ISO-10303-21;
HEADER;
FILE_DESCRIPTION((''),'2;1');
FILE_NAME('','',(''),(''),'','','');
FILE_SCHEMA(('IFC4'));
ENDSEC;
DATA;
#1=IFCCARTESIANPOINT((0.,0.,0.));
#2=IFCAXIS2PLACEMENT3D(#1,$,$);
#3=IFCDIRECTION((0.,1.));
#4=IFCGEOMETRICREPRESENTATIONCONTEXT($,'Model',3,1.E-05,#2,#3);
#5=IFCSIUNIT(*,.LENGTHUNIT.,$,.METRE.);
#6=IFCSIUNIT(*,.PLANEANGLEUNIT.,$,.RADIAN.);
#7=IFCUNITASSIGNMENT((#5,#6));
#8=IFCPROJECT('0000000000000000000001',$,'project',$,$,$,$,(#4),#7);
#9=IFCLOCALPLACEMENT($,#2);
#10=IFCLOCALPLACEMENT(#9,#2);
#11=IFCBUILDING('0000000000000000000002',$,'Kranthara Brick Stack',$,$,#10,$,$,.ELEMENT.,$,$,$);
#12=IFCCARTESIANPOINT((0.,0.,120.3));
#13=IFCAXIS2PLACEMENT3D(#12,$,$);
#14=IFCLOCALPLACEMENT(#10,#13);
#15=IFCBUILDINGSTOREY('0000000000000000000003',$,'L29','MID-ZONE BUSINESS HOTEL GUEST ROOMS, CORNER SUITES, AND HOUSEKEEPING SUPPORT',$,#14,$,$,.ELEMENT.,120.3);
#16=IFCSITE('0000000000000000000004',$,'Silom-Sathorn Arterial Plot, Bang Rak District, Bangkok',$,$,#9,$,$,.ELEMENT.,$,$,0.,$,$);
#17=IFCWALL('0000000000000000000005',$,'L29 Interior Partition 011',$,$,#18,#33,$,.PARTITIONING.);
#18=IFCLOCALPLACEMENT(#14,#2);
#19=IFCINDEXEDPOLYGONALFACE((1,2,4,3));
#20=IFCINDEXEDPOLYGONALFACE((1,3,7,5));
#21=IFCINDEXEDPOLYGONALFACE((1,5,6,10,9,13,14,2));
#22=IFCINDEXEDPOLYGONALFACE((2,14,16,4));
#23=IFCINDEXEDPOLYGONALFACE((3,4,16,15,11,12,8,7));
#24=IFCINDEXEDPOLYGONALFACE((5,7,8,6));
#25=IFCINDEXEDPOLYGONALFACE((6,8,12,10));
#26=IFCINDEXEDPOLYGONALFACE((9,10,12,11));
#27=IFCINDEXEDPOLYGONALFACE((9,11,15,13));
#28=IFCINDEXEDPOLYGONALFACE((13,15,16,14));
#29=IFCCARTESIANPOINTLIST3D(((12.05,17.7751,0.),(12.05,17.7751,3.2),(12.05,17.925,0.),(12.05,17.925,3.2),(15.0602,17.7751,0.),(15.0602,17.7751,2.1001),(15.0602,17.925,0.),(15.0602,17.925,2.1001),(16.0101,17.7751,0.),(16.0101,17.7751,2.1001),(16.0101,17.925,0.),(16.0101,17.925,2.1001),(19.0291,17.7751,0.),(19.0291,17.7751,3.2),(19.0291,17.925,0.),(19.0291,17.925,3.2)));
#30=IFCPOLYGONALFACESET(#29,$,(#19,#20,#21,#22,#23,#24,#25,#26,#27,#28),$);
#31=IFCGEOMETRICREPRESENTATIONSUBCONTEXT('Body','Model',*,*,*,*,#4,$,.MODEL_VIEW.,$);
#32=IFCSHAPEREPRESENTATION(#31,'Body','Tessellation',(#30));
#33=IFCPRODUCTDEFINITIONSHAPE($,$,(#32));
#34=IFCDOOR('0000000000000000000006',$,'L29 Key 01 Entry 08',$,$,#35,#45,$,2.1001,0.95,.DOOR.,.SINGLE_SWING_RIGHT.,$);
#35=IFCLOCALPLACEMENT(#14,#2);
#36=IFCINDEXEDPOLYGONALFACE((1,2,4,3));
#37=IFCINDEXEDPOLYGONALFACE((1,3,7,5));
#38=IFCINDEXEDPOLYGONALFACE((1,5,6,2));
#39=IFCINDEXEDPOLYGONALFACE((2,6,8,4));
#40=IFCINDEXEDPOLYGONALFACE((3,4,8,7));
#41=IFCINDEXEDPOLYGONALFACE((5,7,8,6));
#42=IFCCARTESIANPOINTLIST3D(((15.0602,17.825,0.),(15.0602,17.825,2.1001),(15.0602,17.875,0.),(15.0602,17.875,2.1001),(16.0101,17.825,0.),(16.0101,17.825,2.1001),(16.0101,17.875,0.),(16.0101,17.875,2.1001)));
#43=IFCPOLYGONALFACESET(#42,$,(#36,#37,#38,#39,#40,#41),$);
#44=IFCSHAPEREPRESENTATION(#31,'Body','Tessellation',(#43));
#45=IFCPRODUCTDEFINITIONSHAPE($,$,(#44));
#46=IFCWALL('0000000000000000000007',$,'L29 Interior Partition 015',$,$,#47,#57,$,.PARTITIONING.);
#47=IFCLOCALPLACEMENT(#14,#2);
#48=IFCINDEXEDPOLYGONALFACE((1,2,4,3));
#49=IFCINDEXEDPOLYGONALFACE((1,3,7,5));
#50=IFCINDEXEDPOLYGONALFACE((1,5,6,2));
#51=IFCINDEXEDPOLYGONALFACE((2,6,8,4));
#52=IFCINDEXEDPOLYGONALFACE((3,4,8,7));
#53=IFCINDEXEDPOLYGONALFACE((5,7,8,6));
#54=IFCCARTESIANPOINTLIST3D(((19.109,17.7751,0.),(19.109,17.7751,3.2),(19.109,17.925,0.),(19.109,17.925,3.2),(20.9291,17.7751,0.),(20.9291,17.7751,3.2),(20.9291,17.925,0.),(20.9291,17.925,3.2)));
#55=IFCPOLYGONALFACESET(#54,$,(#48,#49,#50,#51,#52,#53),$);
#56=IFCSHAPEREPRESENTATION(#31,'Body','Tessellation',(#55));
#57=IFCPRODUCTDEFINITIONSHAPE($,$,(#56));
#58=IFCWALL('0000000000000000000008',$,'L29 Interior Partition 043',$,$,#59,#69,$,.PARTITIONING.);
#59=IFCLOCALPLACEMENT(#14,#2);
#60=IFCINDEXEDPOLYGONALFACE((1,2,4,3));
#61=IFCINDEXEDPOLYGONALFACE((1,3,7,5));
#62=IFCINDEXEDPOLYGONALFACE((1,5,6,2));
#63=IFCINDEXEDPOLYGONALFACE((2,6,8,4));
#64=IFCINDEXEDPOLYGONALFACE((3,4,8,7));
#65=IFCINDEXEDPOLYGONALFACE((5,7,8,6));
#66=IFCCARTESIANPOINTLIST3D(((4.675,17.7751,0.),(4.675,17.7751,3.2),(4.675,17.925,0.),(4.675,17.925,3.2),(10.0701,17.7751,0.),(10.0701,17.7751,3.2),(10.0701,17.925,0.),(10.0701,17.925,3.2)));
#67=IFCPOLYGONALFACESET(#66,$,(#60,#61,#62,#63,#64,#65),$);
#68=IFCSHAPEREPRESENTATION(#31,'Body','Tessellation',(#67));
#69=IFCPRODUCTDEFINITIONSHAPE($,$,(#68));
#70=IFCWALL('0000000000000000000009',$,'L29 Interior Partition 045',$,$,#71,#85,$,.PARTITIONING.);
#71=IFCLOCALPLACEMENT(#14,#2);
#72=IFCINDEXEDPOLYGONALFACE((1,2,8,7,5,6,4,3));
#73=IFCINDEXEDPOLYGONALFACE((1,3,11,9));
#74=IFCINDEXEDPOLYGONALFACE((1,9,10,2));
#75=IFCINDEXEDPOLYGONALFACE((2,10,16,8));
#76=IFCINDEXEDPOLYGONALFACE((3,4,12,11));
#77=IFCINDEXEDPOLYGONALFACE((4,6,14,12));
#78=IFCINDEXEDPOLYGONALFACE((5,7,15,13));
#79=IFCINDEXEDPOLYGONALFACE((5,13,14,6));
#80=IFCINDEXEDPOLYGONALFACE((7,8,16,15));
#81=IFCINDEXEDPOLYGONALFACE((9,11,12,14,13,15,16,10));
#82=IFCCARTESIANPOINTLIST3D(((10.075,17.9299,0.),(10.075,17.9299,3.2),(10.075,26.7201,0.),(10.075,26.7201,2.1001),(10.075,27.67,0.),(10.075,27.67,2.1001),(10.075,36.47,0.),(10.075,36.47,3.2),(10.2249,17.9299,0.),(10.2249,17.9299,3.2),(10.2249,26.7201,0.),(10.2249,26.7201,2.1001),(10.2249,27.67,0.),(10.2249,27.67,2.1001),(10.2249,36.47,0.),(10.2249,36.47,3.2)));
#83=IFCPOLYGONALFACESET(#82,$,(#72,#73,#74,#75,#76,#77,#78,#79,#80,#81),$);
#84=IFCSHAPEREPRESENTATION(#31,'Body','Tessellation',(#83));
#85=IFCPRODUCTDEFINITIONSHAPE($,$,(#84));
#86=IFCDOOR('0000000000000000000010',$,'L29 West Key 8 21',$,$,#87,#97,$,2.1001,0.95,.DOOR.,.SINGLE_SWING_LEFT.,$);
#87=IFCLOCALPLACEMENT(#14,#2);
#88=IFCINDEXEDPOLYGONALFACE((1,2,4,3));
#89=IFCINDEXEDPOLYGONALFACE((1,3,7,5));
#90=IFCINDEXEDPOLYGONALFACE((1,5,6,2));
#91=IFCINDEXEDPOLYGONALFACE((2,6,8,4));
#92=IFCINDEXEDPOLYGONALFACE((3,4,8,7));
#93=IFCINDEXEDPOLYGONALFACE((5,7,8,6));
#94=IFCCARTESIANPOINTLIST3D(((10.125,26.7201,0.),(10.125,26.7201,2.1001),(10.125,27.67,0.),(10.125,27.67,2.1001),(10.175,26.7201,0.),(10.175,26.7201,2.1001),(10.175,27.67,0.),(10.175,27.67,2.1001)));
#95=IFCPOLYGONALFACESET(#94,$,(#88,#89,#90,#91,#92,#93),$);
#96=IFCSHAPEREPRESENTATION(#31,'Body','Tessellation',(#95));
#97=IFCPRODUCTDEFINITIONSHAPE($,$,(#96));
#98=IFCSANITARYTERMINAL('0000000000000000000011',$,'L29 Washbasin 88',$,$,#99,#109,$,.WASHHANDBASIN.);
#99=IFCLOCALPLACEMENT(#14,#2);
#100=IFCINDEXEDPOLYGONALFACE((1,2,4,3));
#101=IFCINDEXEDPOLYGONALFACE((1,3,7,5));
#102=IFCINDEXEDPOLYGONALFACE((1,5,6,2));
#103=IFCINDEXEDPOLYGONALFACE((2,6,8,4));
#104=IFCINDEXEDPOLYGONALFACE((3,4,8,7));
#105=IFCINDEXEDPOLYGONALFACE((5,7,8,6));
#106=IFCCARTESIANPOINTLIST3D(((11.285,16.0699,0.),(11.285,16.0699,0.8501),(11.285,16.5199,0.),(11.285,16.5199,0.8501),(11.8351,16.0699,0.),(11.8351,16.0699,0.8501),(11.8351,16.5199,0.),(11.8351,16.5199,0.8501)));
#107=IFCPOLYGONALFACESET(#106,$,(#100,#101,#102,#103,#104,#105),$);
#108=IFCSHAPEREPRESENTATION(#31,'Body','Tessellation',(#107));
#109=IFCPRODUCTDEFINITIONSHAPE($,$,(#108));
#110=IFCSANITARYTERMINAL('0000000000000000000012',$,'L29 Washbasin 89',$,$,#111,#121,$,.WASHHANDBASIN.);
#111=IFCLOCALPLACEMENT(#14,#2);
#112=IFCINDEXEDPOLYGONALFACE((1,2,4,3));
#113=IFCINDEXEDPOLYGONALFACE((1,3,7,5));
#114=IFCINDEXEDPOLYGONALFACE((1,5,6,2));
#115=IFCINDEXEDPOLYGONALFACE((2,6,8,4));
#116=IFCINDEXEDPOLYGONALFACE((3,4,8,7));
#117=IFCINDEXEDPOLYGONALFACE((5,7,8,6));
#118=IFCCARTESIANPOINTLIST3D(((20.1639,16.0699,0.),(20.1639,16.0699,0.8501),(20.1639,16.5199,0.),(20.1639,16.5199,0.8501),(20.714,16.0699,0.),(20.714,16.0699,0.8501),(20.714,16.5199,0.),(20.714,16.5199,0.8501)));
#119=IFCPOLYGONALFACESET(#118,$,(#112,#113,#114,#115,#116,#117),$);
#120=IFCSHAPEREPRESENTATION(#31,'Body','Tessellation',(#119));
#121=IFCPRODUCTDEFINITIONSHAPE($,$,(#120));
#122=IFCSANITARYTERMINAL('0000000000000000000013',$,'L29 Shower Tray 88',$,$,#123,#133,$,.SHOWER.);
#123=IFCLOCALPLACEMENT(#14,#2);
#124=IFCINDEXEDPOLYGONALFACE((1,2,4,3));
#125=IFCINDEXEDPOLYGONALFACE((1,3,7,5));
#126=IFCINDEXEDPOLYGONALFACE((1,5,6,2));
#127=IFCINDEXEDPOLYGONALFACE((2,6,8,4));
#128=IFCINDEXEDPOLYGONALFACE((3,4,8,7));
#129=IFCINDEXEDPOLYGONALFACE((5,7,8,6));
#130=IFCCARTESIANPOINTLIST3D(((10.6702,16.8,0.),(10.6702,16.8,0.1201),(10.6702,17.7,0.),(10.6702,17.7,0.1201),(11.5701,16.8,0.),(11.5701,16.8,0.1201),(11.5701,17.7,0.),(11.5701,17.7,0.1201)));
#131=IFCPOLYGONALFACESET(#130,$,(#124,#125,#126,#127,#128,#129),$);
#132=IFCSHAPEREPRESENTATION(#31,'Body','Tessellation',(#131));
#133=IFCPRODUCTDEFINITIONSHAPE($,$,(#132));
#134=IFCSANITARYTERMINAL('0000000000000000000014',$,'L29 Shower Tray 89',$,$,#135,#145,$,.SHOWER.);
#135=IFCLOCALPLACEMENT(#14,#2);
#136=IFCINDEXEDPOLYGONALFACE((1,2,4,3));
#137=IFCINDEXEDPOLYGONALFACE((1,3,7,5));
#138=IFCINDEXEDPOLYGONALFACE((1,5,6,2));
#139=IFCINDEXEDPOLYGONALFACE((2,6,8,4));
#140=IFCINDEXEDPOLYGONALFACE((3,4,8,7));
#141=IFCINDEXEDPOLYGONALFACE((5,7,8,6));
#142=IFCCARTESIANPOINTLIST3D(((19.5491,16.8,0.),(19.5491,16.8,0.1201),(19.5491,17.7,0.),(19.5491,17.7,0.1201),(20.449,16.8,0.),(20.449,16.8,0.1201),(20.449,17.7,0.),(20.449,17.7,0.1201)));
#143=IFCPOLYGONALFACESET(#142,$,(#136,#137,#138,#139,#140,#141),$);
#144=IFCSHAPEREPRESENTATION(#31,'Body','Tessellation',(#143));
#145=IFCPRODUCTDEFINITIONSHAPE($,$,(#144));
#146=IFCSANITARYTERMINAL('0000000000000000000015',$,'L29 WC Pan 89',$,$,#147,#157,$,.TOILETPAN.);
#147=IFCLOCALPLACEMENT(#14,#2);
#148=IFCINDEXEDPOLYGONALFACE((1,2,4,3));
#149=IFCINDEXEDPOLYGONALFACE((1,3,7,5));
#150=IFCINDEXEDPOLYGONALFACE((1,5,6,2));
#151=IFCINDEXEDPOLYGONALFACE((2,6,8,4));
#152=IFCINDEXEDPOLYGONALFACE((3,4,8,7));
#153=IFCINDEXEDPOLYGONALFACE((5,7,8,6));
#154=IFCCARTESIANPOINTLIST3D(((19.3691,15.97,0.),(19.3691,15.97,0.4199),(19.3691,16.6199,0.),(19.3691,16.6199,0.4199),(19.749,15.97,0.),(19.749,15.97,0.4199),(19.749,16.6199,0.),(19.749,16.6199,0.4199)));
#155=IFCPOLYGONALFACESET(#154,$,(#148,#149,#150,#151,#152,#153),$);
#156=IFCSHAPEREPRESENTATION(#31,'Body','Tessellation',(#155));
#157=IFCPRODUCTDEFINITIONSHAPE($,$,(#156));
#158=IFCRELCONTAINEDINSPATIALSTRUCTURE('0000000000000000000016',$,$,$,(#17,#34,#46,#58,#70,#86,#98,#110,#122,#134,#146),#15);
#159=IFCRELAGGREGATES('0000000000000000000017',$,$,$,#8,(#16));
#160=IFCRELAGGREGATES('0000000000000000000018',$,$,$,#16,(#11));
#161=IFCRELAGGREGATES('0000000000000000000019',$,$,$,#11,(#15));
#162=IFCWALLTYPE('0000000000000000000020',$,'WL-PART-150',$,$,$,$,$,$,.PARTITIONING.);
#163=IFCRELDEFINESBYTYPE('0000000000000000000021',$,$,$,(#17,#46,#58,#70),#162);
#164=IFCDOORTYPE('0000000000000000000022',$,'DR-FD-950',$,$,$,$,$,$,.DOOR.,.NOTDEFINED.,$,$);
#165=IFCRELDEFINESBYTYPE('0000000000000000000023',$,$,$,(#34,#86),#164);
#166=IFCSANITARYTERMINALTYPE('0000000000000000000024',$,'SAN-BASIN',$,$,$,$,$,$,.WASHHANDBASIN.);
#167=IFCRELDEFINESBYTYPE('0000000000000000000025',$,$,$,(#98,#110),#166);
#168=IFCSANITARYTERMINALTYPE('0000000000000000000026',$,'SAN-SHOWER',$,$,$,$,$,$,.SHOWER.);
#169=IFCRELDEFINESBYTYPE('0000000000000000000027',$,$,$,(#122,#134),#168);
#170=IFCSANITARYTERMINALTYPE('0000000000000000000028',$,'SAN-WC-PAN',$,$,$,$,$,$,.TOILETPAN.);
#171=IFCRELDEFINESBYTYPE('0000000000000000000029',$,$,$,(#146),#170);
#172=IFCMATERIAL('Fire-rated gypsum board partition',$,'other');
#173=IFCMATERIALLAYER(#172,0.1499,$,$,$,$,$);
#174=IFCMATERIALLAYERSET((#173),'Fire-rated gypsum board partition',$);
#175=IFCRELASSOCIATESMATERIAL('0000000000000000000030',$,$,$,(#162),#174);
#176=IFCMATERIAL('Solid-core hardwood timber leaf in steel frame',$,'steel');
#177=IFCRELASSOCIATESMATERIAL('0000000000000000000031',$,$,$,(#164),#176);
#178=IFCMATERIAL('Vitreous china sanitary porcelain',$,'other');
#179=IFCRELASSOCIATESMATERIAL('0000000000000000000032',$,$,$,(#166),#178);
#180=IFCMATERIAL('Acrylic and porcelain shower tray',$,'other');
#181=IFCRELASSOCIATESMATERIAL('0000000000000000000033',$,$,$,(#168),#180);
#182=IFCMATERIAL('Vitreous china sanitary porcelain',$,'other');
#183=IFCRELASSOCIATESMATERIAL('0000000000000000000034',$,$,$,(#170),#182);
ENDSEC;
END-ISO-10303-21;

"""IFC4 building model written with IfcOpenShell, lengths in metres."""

from ifc_helpers import new_model, si_unit, direction, frame, frame_2d, origin, origin_2d, place, context, subcontext, project, spatial, rectangle, extrude, material, layer, layer_set, type_object, element, fill, save


model = new_model("IFC4")

# Units and contexts
model_context = context("Model", 3, precision=1e-05, world=origin(), true_north=direction((0.0, 1.0)))
body_context = subcontext(model_context, "Body", "Model", "MODEL_VIEW")
ifc_project = project(units=[si_unit("LENGTHUNIT", "METRE"), si_unit("PLANEANGLEUNIT", "RADIAN")], contexts=[model_context])

# Site, building, storey
site_placement = place(None, origin())
site = spatial("IfcSite", under=ifc_project, at=site_placement, Name="Silom-Sathorn Arterial Plot, Bang Rak District, Bangkok", CompositionType="ELEMENT", RefElevation=0.0)
building_placement = place(site_placement, origin())
building = spatial("IfcBuilding", under=site, at=building_placement, Name="Kranthara Brick Stack", CompositionType="ELEMENT")
storey_placement = place(building_placement, frame((0.0, 0.0, 120.3)))
storey = spatial("IfcBuildingStorey", under=building, at=storey_placement, Name="L29", Description="MID-ZONE BUSINESS HOTEL GUEST ROOMS, CORNER SUITES, AND HOUSEKEEPING SUPPORT", CompositionType="ELEMENT", Elevation=120.3)

# Shared definitions
ifc_material_1 = material(Name="Fire-rated gypsum board partition", Category="other")
ifc_layer_1 = layer(ifc_material_1, 0.1499)
ifc_layer_set_1 = layer_set([ifc_layer_1], Name="Fire-rated gypsum board partition")
wall_type_1 = type_object("IfcWallType", Name="WL-PART-150", PredefinedType="PARTITIONING", material=ifc_layer_set_1)

# Wall, opening, door
wall_1_placement = place(storey_placement, frame((12.05, 17.8501, 0.0), z_axis=(0.0, 0.0, 1.0), x_axis=(1.0, 0.0, 0.0)))
wall_1 = element("IfcWall", 1, at=wall_1_placement, inside=storey, type_object=wall_type_1, Name="L29 Interior Partition 011", PredefinedType="PARTITIONING", context=body_context, shape_type="SweptSolid", body=[
    extrude(rectangle(XDim=6.979, YDim=0.1499, at=frame_2d((3.4895, 0.0))), origin(), (0.0, 0.0, 1.0), 3.2),
])
opening_1_placement = place(wall_1_placement, frame((3.01, 0.0, 0.0)))
opening_1 = element("IfcOpeningElement", 2, at=opening_1_placement, cuts=wall_1, PredefinedType="OPENING", context=body_context, shape_type="SweptSolid", body=[
    extrude(rectangle(XDim=0.95, YDim=2.1001, at=frame_2d((0.4751, 1.05))), frame((0.0, 0.085, 0.0), z_axis=(0.0, -1.0, 0.0), x_axis=(1.0, 0.0, 0.0)), (0.0, 0.0, 1.0), 0.1699),
])
ifc_material_2 = material(Name="Solid-core hardwood timber leaf in steel frame", Category="steel")
door_type_1 = type_object("IfcDoorType", Name="DR-FD-950", OperationType="NOTDEFINED", PredefinedType="DOOR", material=ifc_material_2)
door_1_placement = place(opening_1_placement, origin())
door_1 = element("IfcDoor", 3, at=door_1_placement, inside=storey, type_object=door_type_1, Name="L29 Key 01 Entry 08", OperationType="SINGLE_SWING_RIGHT", OverallHeight=2.1001, OverallWidth=0.95, PredefinedType="DOOR", context=body_context, shape_type="SweptSolid", body=[
    extrude(rectangle(XDim=0.95, YDim=2.1001, at=frame_2d((0.4751, 1.05))), frame((0.0, 0.0249, 0.0), z_axis=(0.0, -1.0, 0.0), x_axis=(1.0, 0.0, 0.0)), (0.0, 0.0, 1.0), 0.05),
])
fill(opening_1, door_1)

# Walls
wall_2_placement = place(storey_placement, frame((19.1089, 17.8501, 0.0), z_axis=(0.0, 0.0, 1.0), x_axis=(1.0, 0.0, 0.0)))
element("IfcWall", 4, at=wall_2_placement, inside=storey, type_object=wall_type_1, Name="L29 Interior Partition 015", PredefinedType="PARTITIONING", context=body_context, shape_type="SweptSolid", body=[
    extrude(rectangle(XDim=1.8201, YDim=0.1499, at=frame_2d((0.9102, 0.0))), origin(), (0.0, 0.0, 1.0), 3.2),
])
wall_3_placement = place(storey_placement, frame((4.675, 17.8501, 0.0), z_axis=(0.0, 0.0, 1.0), x_axis=(1.0, 0.0, 0.0)))
element("IfcWall", 5, at=wall_3_placement, inside=storey, type_object=wall_type_1, Name="L29 Interior Partition 043", PredefinedType="PARTITIONING", context=body_context, shape_type="SweptSolid", body=[
    extrude(rectangle(XDim=5.395, YDim=0.1499, at=frame_2d((2.6975, 0.0))), origin(), (0.0, 0.0, 1.0), 3.2),
])

# Wall, opening, door
wall_4_placement = place(storey_placement, frame((10.1499, 17.9299, 0.0), z_axis=(0.0, 0.0, 1.0), x_axis=(0.0, 1.0, 0.0)))
wall_4 = element("IfcWall", 6, at=wall_4_placement, inside=storey, type_object=wall_type_1, Name="L29 Interior Partition 045", PredefinedType="PARTITIONING", context=body_context, shape_type="SweptSolid", body=[
    extrude(rectangle(XDim=18.54, YDim=0.1499, at=frame_2d((9.27, 0.0))), origin(), (0.0, 0.0, 1.0), 3.2),
])
opening_2_placement = place(wall_4_placement, frame((8.79, 0.0, 0.0)))
opening_2 = element("IfcOpeningElement", 7, at=opening_2_placement, cuts=wall_4, PredefinedType="OPENING", context=body_context, shape_type="SweptSolid", body=[
    extrude(rectangle(XDim=0.95, YDim=2.1001, at=frame_2d((0.4751, 1.05))), frame((0.0, 0.085, 0.0), z_axis=(0.0, -1.0, 0.0), x_axis=(1.0, 0.0, 0.0)), (0.0, 0.0, 1.0), 0.1699),
])
door_2_placement = place(opening_2_placement, origin())
door_2 = element("IfcDoor", 8, at=door_2_placement, inside=storey, type_object=door_type_1, Name="L29 West Key 8 21", OperationType="SINGLE_SWING_LEFT", OverallHeight=2.1001, OverallWidth=0.95, PredefinedType="DOOR", context=body_context, shape_type="SweptSolid", body=[
    extrude(rectangle(XDim=0.95, YDim=2.1001, at=frame_2d((0.4751, 1.05))), frame((0.0, 0.0249, 0.0), z_axis=(0.0, -1.0, 0.0), x_axis=(1.0, 0.0, 0.0)), (0.0, 0.0, 1.0), 0.05),
])
fill(opening_2, door_2)

# Sanitary terminals
ifc_material_3 = material(Name="Vitreous china sanitary porcelain", Category="other")
sanitary_terminal_type_1 = type_object("IfcSanitaryTerminalType", Name="SAN-BASIN", PredefinedType="WASHHANDBASIN", material=ifc_material_3)
for number, where, z_axis, x_axis, name in (
    (9, (11.5601, 16.2949, 0.0), (0.0, 0.0, 1.0), (1.0, 0.0, 0.0), "L29 Washbasin 88"),
    (10, (20.439, 16.2949, 0.0), (0.0, 0.0, 1.0), (1.0, 0.0, 0.0), "L29 Washbasin 89"),
):
    element("IfcSanitaryTerminal", number, at=place(storey_placement, frame(where, z_axis=z_axis, x_axis=x_axis)), inside=storey, type_object=sanitary_terminal_type_1, Name=name, PredefinedType="WASHHANDBASIN", context=body_context, shape_type="SweptSolid", body=[
        extrude(rectangle(XDim=0.55, YDim=0.45, at=origin_2d()), origin(), (0.0, 0.0, 1.0), 0.8501),
    ])
ifc_material_4 = material(Name="Acrylic and porcelain shower tray", Category="other")
sanitary_terminal_type_2 = type_object("IfcSanitaryTerminalType", Name="SAN-SHOWER", PredefinedType="SHOWER", material=ifc_material_4)
for number, where, z_axis, x_axis, name in (
    (11, (11.1201, 17.25, 0.0), (0.0, 0.0, 1.0), (1.0, 0.0, 0.0), "L29 Shower Tray 88"),
    (12, (19.999, 17.25, 0.0), (0.0, 0.0, 1.0), (1.0, 0.0, 0.0), "L29 Shower Tray 89"),
):
    element("IfcSanitaryTerminal", number, at=place(storey_placement, frame(where, z_axis=z_axis, x_axis=x_axis)), inside=storey, type_object=sanitary_terminal_type_2, Name=name, PredefinedType="SHOWER", context=body_context, shape_type="SweptSolid", body=[
        extrude(rectangle(XDim=0.8999, YDim=0.8999, at=origin_2d()), origin(), (0.0, 0.0, 1.0), 0.1201),
    ])
ifc_material_5 = material(Name="Vitreous china sanitary porcelain", Category="other")
sanitary_terminal_type_3 = type_object("IfcSanitaryTerminalType", Name="SAN-WC-PAN", PredefinedType="TOILETPAN", material=ifc_material_5)
sanitary_terminal_placement = place(storey_placement, frame((19.5591, 16.2949, 0.0), z_axis=(0.0, 0.0, 1.0), x_axis=(1.0, 0.0, 0.0)))
element("IfcSanitaryTerminal", 13, at=sanitary_terminal_placement, inside=storey, type_object=sanitary_terminal_type_3, Name="L29 WC Pan 89", PredefinedType="TOILETPAN", context=body_context, shape_type="SweptSolid", body=[
    extrude(rectangle(XDim=0.3799, YDim=0.6499, at=origin_2d()), origin(), (0.0, 0.0, 1.0), 0.4199),
])

save(model, "model.ifc")
